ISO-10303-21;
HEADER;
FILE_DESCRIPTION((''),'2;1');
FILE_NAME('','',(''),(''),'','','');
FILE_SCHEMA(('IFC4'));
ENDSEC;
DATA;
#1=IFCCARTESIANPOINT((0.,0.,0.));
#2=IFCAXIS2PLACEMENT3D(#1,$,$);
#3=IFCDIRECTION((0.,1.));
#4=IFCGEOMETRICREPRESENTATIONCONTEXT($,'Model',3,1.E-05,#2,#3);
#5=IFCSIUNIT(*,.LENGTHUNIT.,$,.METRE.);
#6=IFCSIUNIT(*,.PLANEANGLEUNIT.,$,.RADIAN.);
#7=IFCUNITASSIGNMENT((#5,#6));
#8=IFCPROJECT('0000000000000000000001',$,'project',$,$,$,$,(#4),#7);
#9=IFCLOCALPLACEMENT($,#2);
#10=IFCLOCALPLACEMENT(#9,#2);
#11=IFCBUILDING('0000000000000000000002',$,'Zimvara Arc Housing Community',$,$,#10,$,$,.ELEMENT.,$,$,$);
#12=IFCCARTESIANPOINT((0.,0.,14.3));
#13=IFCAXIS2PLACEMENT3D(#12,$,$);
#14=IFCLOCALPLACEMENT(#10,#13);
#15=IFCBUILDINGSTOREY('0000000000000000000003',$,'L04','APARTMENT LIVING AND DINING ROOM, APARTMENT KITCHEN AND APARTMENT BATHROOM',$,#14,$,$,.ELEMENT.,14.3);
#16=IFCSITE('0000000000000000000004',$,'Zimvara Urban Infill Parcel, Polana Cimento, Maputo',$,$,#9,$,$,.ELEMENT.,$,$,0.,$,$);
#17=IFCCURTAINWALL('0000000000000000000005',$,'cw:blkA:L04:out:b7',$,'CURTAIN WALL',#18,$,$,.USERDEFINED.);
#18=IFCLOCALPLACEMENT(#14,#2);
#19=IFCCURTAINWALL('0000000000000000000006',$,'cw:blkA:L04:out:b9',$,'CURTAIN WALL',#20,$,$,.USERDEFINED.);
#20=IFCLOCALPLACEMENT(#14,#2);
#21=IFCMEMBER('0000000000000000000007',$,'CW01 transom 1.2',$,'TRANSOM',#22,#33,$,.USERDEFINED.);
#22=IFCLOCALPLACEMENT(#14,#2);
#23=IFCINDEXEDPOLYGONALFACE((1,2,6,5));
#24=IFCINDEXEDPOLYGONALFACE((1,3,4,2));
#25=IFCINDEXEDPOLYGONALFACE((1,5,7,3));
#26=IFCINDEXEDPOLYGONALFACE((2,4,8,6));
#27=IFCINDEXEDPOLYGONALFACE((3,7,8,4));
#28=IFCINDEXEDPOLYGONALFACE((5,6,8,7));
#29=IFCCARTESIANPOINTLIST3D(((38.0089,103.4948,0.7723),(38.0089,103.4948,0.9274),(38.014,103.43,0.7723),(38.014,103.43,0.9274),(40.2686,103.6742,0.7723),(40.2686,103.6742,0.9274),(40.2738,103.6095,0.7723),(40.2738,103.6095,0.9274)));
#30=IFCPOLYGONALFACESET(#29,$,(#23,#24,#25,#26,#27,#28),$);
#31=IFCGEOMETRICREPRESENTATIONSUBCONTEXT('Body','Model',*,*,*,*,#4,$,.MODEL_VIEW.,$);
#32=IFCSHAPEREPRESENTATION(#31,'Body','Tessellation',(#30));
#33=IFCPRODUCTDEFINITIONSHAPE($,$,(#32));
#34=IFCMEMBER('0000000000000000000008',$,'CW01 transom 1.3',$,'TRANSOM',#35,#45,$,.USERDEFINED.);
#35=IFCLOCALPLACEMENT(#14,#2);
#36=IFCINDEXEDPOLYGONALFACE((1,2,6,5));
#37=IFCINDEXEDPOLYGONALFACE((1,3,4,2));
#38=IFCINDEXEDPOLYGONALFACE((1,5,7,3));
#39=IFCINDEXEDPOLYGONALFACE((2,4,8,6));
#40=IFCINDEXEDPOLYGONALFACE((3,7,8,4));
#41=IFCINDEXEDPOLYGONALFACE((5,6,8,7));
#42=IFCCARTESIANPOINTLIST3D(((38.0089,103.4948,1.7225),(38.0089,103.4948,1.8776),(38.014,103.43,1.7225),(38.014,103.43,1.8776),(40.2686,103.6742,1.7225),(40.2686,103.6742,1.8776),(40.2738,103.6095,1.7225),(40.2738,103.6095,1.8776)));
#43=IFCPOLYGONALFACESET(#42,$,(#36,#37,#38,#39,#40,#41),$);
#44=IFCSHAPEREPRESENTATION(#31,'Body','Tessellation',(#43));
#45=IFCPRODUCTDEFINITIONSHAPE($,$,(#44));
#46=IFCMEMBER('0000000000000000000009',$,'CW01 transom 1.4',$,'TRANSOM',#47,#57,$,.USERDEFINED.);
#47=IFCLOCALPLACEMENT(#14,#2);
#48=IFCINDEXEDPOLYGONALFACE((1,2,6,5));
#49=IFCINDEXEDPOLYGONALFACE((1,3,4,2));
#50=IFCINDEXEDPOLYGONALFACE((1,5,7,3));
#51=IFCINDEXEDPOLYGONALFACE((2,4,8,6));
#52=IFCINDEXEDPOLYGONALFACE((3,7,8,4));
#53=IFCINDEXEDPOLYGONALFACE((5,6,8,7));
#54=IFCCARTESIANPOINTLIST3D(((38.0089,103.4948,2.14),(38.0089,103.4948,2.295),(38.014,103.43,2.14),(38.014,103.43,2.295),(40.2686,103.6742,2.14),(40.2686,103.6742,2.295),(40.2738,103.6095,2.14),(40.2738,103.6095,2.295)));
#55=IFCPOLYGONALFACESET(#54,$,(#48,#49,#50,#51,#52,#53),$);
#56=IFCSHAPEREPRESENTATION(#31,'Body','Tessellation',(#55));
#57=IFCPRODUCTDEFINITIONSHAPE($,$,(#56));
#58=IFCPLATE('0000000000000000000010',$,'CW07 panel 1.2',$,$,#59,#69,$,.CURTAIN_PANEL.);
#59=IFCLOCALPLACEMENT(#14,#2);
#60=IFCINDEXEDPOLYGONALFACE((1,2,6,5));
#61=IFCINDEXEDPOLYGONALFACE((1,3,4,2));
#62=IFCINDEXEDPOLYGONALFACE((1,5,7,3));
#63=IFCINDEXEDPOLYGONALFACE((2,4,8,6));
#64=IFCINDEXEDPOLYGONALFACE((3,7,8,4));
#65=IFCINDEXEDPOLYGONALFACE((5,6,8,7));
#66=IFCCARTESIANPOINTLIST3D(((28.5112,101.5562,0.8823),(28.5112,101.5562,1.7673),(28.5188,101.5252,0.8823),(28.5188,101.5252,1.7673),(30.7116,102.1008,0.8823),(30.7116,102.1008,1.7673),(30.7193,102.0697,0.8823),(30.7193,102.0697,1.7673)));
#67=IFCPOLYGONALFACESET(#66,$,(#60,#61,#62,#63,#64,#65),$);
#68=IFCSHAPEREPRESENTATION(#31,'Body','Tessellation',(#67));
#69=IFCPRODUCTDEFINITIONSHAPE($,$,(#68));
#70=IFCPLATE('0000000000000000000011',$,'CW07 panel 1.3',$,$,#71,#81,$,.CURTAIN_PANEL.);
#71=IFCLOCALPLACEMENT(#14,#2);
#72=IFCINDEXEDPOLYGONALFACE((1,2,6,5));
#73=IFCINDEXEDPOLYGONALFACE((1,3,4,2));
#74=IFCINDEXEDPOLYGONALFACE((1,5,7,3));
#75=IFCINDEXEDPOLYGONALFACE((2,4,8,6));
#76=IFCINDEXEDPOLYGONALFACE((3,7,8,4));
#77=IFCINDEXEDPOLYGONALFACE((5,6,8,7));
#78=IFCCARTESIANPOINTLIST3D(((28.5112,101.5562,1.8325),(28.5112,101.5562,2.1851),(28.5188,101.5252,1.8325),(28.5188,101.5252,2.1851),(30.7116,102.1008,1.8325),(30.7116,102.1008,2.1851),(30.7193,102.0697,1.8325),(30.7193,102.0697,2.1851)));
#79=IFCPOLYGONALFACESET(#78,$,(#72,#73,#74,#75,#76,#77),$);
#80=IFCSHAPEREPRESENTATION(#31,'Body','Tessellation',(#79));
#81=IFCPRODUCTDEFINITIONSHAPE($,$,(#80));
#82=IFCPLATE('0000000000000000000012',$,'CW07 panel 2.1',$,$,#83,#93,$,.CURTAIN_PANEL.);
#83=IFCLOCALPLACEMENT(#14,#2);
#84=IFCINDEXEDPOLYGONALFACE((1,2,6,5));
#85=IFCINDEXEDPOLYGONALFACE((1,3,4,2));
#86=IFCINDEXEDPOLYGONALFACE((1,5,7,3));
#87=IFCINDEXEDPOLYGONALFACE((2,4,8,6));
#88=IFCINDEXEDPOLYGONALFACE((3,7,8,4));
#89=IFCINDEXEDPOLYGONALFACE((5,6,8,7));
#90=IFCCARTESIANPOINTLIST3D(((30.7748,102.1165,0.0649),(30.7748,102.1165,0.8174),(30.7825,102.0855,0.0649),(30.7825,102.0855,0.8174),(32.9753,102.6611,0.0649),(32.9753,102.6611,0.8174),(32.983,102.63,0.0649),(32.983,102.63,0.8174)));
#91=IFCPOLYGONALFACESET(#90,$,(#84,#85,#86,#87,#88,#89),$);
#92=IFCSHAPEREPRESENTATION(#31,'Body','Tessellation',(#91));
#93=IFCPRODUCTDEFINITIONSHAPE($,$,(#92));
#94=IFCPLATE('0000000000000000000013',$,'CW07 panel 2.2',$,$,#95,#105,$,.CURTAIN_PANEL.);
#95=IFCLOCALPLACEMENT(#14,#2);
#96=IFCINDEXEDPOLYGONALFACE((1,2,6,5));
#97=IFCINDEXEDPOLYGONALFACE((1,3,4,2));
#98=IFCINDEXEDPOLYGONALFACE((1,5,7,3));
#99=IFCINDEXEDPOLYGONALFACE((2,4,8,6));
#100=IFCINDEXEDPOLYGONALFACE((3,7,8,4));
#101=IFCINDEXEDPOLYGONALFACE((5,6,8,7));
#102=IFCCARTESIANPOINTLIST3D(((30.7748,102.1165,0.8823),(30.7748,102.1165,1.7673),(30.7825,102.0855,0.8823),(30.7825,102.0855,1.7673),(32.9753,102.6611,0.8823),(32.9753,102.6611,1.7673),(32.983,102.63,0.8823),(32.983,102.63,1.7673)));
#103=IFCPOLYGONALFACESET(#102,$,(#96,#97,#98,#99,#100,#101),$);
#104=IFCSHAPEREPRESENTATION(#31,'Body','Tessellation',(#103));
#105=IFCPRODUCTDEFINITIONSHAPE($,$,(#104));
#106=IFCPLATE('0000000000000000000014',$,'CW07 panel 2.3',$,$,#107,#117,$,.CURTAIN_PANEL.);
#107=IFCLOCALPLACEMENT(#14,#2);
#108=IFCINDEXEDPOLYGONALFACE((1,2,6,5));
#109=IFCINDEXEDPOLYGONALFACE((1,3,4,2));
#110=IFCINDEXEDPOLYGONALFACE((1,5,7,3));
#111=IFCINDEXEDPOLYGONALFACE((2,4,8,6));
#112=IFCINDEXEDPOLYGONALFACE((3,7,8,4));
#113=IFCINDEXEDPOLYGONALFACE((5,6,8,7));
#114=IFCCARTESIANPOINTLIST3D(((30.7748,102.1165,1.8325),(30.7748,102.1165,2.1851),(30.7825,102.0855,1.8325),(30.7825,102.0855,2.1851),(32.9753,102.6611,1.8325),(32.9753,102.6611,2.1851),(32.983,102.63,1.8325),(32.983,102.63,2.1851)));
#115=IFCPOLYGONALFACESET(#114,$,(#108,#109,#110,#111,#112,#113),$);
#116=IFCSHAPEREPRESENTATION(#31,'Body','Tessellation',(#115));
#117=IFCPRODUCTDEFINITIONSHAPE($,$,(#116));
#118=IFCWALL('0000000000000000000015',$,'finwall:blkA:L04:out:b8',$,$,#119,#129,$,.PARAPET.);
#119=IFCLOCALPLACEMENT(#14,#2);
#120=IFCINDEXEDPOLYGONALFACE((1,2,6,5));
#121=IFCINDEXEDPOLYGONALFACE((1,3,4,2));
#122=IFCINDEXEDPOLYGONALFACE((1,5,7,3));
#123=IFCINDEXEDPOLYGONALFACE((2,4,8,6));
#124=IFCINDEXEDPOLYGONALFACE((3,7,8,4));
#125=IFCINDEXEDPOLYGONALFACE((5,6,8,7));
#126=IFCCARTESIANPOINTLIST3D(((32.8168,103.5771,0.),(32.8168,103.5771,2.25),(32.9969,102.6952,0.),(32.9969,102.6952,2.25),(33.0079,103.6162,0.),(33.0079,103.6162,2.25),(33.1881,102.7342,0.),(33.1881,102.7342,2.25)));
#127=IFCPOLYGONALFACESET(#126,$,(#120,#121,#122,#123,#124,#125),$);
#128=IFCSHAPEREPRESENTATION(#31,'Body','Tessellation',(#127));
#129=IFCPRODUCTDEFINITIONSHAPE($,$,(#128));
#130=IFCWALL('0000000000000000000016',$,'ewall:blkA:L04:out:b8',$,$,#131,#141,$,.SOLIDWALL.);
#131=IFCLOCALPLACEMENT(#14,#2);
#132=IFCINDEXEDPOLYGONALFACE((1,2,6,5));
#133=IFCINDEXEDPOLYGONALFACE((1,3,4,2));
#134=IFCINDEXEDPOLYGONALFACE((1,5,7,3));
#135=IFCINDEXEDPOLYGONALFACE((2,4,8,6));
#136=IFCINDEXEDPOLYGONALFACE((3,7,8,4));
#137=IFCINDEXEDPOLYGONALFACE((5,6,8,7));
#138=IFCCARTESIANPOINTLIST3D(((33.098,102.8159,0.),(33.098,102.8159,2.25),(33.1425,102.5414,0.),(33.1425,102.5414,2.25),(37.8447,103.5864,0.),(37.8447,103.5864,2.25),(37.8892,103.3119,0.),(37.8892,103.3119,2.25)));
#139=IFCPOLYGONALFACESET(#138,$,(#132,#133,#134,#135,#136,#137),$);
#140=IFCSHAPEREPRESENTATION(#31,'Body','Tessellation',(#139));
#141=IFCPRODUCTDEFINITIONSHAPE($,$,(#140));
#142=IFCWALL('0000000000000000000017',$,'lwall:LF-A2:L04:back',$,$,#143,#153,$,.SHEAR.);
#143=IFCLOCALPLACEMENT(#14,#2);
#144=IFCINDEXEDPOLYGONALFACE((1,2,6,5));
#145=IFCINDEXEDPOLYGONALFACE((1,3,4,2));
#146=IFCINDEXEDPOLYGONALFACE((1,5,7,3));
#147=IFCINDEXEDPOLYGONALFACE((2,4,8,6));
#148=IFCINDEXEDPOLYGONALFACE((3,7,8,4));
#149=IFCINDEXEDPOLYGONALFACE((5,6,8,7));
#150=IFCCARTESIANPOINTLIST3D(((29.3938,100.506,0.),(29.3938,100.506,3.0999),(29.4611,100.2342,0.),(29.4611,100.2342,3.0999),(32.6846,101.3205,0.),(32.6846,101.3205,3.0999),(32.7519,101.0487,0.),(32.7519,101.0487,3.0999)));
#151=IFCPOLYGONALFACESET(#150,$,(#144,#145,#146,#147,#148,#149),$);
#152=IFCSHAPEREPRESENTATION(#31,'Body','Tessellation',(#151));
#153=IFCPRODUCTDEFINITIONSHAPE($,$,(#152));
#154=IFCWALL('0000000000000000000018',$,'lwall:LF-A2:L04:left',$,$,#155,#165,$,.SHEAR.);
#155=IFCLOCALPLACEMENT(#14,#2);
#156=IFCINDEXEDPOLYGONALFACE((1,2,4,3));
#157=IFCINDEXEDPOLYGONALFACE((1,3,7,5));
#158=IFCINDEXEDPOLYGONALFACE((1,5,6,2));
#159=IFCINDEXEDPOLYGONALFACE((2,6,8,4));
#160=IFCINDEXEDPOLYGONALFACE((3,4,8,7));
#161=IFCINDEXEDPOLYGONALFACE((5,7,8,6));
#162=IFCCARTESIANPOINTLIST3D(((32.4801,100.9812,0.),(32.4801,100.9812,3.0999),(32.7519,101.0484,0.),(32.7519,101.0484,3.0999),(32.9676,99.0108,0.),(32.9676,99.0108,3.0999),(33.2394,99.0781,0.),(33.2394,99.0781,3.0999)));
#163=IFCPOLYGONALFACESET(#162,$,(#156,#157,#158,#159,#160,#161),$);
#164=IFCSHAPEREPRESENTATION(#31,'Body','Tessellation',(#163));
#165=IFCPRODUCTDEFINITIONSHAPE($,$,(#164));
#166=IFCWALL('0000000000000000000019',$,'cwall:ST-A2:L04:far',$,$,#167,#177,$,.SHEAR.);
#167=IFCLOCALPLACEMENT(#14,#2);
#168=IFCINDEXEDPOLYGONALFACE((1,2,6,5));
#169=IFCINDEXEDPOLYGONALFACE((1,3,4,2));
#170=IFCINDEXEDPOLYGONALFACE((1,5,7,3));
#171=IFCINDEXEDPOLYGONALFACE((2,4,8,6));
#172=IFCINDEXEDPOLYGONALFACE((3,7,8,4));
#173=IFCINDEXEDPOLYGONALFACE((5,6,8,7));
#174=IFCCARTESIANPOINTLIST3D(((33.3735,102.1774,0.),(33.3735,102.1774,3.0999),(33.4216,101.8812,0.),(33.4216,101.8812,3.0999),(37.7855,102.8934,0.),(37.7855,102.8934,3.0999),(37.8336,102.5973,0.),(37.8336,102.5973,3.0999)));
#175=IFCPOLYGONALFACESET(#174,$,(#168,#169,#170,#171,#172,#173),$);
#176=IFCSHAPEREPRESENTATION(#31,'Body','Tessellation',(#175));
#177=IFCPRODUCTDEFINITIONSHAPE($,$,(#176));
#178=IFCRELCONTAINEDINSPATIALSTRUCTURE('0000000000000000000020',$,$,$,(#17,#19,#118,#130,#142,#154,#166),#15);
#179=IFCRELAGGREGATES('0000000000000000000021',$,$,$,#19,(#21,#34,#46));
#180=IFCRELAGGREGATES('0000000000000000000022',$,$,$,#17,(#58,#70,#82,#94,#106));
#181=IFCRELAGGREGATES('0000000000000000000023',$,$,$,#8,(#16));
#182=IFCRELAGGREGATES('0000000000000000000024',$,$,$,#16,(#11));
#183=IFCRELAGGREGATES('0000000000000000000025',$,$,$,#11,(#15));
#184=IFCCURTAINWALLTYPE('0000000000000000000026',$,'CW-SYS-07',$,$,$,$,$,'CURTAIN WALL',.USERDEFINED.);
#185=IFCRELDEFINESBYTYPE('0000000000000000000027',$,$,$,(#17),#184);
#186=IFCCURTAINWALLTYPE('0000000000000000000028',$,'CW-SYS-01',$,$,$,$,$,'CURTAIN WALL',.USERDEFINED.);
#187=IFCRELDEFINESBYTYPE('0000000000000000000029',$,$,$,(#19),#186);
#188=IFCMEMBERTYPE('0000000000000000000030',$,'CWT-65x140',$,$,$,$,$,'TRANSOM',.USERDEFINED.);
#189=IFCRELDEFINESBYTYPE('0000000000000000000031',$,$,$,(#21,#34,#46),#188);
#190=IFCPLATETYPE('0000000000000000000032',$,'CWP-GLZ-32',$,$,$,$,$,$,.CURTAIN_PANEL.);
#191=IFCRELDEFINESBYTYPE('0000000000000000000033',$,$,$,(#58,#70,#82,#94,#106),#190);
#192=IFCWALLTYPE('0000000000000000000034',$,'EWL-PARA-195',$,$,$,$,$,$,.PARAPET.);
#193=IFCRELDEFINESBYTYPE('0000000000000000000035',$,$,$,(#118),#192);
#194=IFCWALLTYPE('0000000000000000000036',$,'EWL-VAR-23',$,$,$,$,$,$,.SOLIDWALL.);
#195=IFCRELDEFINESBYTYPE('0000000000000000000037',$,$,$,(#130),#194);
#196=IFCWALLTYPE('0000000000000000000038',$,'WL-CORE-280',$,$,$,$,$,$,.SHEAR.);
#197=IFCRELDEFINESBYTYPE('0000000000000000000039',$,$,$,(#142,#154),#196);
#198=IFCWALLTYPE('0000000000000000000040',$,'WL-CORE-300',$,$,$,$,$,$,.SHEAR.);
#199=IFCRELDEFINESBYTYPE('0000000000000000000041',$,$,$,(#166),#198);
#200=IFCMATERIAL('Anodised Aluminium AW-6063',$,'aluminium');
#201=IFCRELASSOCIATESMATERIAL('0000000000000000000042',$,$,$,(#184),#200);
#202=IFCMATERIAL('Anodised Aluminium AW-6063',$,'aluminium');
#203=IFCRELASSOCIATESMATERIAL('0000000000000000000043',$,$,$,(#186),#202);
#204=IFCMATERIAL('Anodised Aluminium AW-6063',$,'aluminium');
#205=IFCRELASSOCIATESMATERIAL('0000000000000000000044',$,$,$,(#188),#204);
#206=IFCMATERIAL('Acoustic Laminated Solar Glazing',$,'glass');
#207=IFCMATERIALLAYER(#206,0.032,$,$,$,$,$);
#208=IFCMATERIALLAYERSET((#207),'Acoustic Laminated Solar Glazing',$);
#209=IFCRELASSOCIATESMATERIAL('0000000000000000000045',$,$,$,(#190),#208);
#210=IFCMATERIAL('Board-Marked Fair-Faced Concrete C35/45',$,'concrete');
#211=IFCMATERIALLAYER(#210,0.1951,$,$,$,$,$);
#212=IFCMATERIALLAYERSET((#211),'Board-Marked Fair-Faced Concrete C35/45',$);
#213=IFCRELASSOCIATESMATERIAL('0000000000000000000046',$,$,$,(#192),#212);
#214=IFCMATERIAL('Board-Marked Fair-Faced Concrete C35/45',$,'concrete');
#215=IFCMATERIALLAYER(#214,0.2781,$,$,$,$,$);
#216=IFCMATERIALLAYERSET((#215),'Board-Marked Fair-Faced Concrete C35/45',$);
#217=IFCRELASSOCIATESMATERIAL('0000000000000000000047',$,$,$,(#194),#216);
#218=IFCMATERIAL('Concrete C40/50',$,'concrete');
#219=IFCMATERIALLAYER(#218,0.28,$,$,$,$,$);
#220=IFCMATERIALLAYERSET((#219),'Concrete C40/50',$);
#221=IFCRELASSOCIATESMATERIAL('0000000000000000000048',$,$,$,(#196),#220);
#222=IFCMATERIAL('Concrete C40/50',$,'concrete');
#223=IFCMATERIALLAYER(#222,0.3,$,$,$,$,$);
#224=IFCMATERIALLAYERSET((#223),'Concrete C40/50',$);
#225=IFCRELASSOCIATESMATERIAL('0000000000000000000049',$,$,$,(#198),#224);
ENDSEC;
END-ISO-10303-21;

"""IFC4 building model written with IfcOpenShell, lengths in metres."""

from ifc_helpers import new_model, si_unit, direction, frame, frame_2d, origin, origin_2d, place, context, subcontext, project, spatial, rectangle, extrude, material, layer, layer_set, material_profile, profile_set, type_object, element, aggregate, save


model = new_model("IFC4")

# Units and contexts
model_context = context("Model", 3, precision=1e-05, world=origin(), true_north=direction((0.0, 1.0)))
body_context = subcontext(model_context, "Body", "Model", "MODEL_VIEW")
ifc_project = project(units=[si_unit("LENGTHUNIT", "METRE"), si_unit("PLANEANGLEUNIT", "RADIAN")], contexts=[model_context])

# Site, building, storey
site_placement = place(None, origin())
site = spatial("IfcSite", under=ifc_project, at=site_placement, Name="Zimvara Urban Infill Parcel, Polana Cimento, Maputo", CompositionType="ELEMENT", RefElevation=0.0)
building_placement = place(site_placement, origin())
building = spatial("IfcBuilding", under=site, at=building_placement, Name="Zimvara Arc Housing Community", CompositionType="ELEMENT")
storey_placement = place(building_placement, frame((0.0, 0.0, 14.3)))
storey = spatial("IfcBuildingStorey", under=building, at=storey_placement, Name="L04", Description="APARTMENT LIVING AND DINING ROOM, APARTMENT KITCHEN AND APARTMENT BATHROOM", CompositionType="ELEMENT", Elevation=14.3)

# Curtain wall
ifc_material_1 = material(Name="Anodised Aluminium AW-6063", Category="aluminium")
curtain_wall_type_1 = type_object("IfcCurtainWallType", Name="CW-SYS-07", ElementType="CURTAIN WALL", PredefinedType="USERDEFINED", material=ifc_material_1)
curtain_wall_1_placement = place(storey_placement, origin())
curtain_wall_1 = element("IfcCurtainWall", 1, at=curtain_wall_1_placement, inside=storey, type_object=curtain_wall_type_1, Name="cw:blkA:L04:out:b7", ObjectType="CURTAIN WALL", PredefinedType="USERDEFINED")

# Curtain wall
ifc_material_2 = material(Name="Anodised Aluminium AW-6063", Category="aluminium")
curtain_wall_type_2 = type_object("IfcCurtainWallType", Name="CW-SYS-01", ElementType="CURTAIN WALL", PredefinedType="USERDEFINED", material=ifc_material_2)
curtain_wall_2_placement = place(storey_placement, origin())
curtain_wall_2 = element("IfcCurtainWall", 2, at=curtain_wall_2_placement, inside=storey, type_object=curtain_wall_type_2, Name="cw:blkA:L04:out:b9", ObjectType="CURTAIN WALL", PredefinedType="USERDEFINED")

# Members
ifc_material_3 = material(Name="Anodised Aluminium AW-6063", Category="aluminium")
ifc_material_profile_1 = material_profile(ifc_material_3, rectangle(XDim=0.0649, YDim=0.155, at=origin_2d()), Name="ALU 65x155")
ifc_profile_set_1 = profile_set([ifc_material_profile_1], Name="Anodised Aluminium AW-6063")
member_type_1 = type_object("IfcMemberType", Name="CWT-65x140", ElementType="TRANSOM", PredefinedType="USERDEFINED", material=ifc_profile_set_1)
member_1_placement = place(storey_placement, frame((38.0115, 103.4624, 0.8499), z_axis=(0.996862, 0.079159, 0.0), x_axis=(-0.079159, 0.996862, 0.0)))
member_1 = element("IfcMember", 3, at=member_1_placement, type_object=member_type_1, Name="CW01 transom 1.2", ObjectType="TRANSOM", PredefinedType="USERDEFINED", context=body_context, shape_type="SweptSolid", body=[
    extrude(rectangle(XDim=0.0649, YDim=0.155, at=origin_2d()), origin(), (0.0, 0.0, 1.0), 2.2668),
])
member_2_placement = place(storey_placement, frame((38.0115, 103.4624, 1.8), z_axis=(0.996862, 0.079159, 0.0), x_axis=(-0.079159, 0.996862, 0.0)))
member_2 = element("IfcMember", 4, at=member_2_placement, type_object=member_type_1, Name="CW01 transom 1.3", ObjectType="TRANSOM", PredefinedType="USERDEFINED", context=body_context, shape_type="SweptSolid", body=[
    extrude(rectangle(XDim=0.0649, YDim=0.155, at=origin_2d()), origin(), (0.0, 0.0, 1.0), 2.2668),
])
member_3_placement = place(storey_placement, frame((38.0115, 103.4624, 2.2175), z_axis=(0.996862, 0.079159, 0.0), x_axis=(-0.079159, 0.996862, 0.0)))
member_3 = element("IfcMember", 5, at=member_3_placement, type_object=member_type_1, Name="CW01 transom 1.4", ObjectType="TRANSOM", PredefinedType="USERDEFINED", context=body_context, shape_type="SweptSolid", body=[
    extrude(rectangle(XDim=0.0649, YDim=0.155, at=origin_2d()), origin(), (0.0, 0.0, 1.0), 2.2668),
])
aggregate(curtain_wall_2, [member_1, member_2, member_3])

# Plates
ifc_material_4 = material(Name="Acoustic Laminated Solar Glazing", Category="glass")
ifc_layer_1 = layer(ifc_material_4, 0.032)
ifc_layer_set_1 = layer_set([ifc_layer_1], Name="Acoustic Laminated Solar Glazing")
plate_type = type_object("IfcPlateType", Name="CWP-GLZ-32", PredefinedType="CURTAIN_PANEL", material=ifc_layer_set_1)
plate_1_placement = place(storey_placement, frame((29.6152, 101.813, 0.8823), z_axis=(0.0, 0.0, 1.0), x_axis=(0.970716, 0.24023, 0.0)))
plate_1 = element("IfcPlate", 6, at=plate_1_placement, type_object=plate_type, Name="CW07 panel 1.2", PredefinedType="CURTAIN_PANEL", context=body_context, shape_type="SweptSolid", body=[
    extrude(rectangle(XDim=2.2668, YDim=0.032, at=origin_2d()), origin(), (0.0, 0.0, 1.0), 0.885),
])
plate_2_placement = place(storey_placement, frame((29.6152, 101.813, 1.8325), z_axis=(0.0, 0.0, 1.0), x_axis=(0.970716, 0.24023, 0.0)))
plate_2 = element("IfcPlate", 7, at=plate_2_placement, type_object=plate_type, Name="CW07 panel 1.3", PredefinedType="CURTAIN_PANEL", context=body_context, shape_type="SweptSolid", body=[
    extrude(rectangle(XDim=2.2668, YDim=0.032, at=origin_2d()), origin(), (0.0, 0.0, 1.0), 0.3525),
])
plate_3_placement = place(storey_placement, frame((31.8789, 102.3733, 0.0649), z_axis=(0.0, 0.0, 1.0), x_axis=(0.970716, 0.24023, 0.0)))
plate_3 = element("IfcPlate", 8, at=plate_3_placement, type_object=plate_type, Name="CW07 panel 2.1", PredefinedType="CURTAIN_PANEL", context=body_context, shape_type="SweptSolid", body=[
    extrude(rectangle(XDim=2.2668, YDim=0.032, at=origin_2d()), origin(), (0.0, 0.0, 1.0), 0.7524),
])
plate_4_placement = place(storey_placement, frame((31.8789, 102.3733, 0.8823), z_axis=(0.0, 0.0, 1.0), x_axis=(0.970716, 0.24023, 0.0)))
plate_4 = element("IfcPlate", 9, at=plate_4_placement, type_object=plate_type, Name="CW07 panel 2.2", PredefinedType="CURTAIN_PANEL", context=body_context, shape_type="SweptSolid", body=[
    extrude(rectangle(XDim=2.2668, YDim=0.032, at=origin_2d()), origin(), (0.0, 0.0, 1.0), 0.885),
])
plate_5_placement = place(storey_placement, frame((31.8789, 102.3733, 1.8325), z_axis=(0.0, 0.0, 1.0), x_axis=(0.970716, 0.24023, 0.0)))
plate_5 = element("IfcPlate", 10, at=plate_5_placement, type_object=plate_type, Name="CW07 panel 2.3", PredefinedType="CURTAIN_PANEL", context=body_context, shape_type="SweptSolid", body=[
    extrude(rectangle(XDim=2.2668, YDim=0.032, at=origin_2d()), origin(), (0.0, 0.0, 1.0), 0.3525),
])
aggregate(curtain_wall_1, [plate_1, plate_2, plate_3, plate_4, plate_5])

# Walls
ifc_material_5 = material(Name="Board-Marked Fair-Faced Concrete C35/45", Category="concrete")
ifc_layer_2 = layer(ifc_material_5, 0.1951)
ifc_layer_set_2 = layer_set([ifc_layer_2], Name="Board-Marked Fair-Faced Concrete C35/45")
wall_type_1 = type_object("IfcWallType", Name="EWL-PARA-195", PredefinedType="PARAPET", material=ifc_layer_set_2)
wall_1_placement = place(storey_placement, frame((33.0925, 102.7146, 0.0), z_axis=(0.0, 0.0, 1.0), x_axis=(-0.200183, 0.979758, 0.0)))
element("IfcWall", 11, at=wall_1_placement, inside=storey, type_object=wall_type_1, Name="finwall:blkA:L04:out:b8", PredefinedType="PARAPET", context=body_context, shape_type="SweptSolid", body=[
    extrude(rectangle(XDim=0.9001, YDim=0.1951, at=frame_2d((0.4502, 0.0))), origin(), (0.0, 0.0, 1.0), 2.25),
])
ifc_material_6 = material(Name="Board-Marked Fair-Faced Concrete C35/45", Category="concrete")
ifc_layer_3 = layer(ifc_material_6, 0.2781)
ifc_layer_set_3 = layer_set([ifc_layer_3], Name="Board-Marked Fair-Faced Concrete C35/45")
wall_type_2 = type_object("IfcWallType", Name="EWL-VAR-23", PredefinedType="SOLIDWALL", material=ifc_layer_set_3)
wall_2_placement = place(storey_placement, frame((33.1204, 102.6787, 0.0), z_axis=(0.0, 0.0, 1.0), x_axis=(0.987081, 0.160224, 0.0)))
element("IfcWall", 12, at=wall_2_placement, inside=storey, type_object=wall_type_2, Name="ewall:blkA:L04:out:b8", PredefinedType="SOLIDWALL", context=body_context, shape_type="SweptSolid", body=[
    extrude(rectangle(XDim=4.8088, YDim=0.2781, at=frame_2d((2.4043, 0.0))), origin(), (0.0, 0.0, 1.0), 2.25),
])
ifc_material_7 = material(Name="Concrete C40/50", Category="concrete")
ifc_layer_4 = layer(ifc_material_7, 0.28)
ifc_layer_set_4 = layer_set([ifc_layer_4], Name="Concrete C40/50")
wall_type_3 = type_object("IfcWallType", Name="WL-CORE-280", PredefinedType="SHEAR", material=ifc_layer_set_4)
wall_3_placement = place(storey_placement, frame((32.7183, 101.1846, 0.0), z_axis=(0.0, 0.0, 1.0), x_axis=(-0.970712, -0.240247, 0.0)))
element("IfcWall", 13, at=wall_3_placement, inside=storey, type_object=wall_type_3, Name="lwall:LF-A2:L04:back", PredefinedType="SHEAR", context=body_context, shape_type="SweptSolid", body=[
    extrude(rectangle(XDim=3.3901, YDim=0.28, at=frame_2d((1.6951, 0.0))), origin(), (0.0, 0.0, 1.0), 3.0999),
])
wall_4_placement = place(storey_placement, frame((33.1035, 99.0444, 0.0), z_axis=(0.0, 0.0, 1.0), x_axis=(-0.240186, 0.970727, 0.0)))
element("IfcWall", 14, at=wall_4_placement, inside=storey, type_object=wall_type_3, Name="lwall:LF-A2:L04:left", PredefinedType="SHEAR", context=body_context, shape_type="SweptSolid", body=[
    extrude(rectangle(XDim=2.0298, YDim=0.28, at=frame_2d((1.0149, 0.0))), origin(), (0.0, 0.0, 1.0), 3.0999),
])
ifc_material_8 = material(Name="Concrete C40/50", Category="concrete")
ifc_layer_5 = layer(ifc_material_8, 0.3)
ifc_layer_set_5 = layer_set([ifc_layer_5], Name="Concrete C40/50")
wall_type_4 = type_object("IfcWallType", Name="WL-CORE-300", PredefinedType="SHEAR", material=ifc_layer_set_5)
wall_5_placement = place(storey_placement, frame((37.8096, 102.7454, 0.0), z_axis=(0.0, 0.0, 1.0), x_axis=(-0.987085, -0.160199, 0.0)))
element("IfcWall", 15, at=wall_5_placement, inside=storey, type_object=wall_type_4, Name="cwall:ST-A2:L04:far", PredefinedType="SHEAR", context=body_context, shape_type="SweptSolid", body=[
    extrude(rectangle(XDim=4.4697, YDim=0.3, at=frame_2d((2.2349, 0.0))), origin(), (0.0, 0.0, 1.0), 3.0999),
])

save(model, "model.ifc")
